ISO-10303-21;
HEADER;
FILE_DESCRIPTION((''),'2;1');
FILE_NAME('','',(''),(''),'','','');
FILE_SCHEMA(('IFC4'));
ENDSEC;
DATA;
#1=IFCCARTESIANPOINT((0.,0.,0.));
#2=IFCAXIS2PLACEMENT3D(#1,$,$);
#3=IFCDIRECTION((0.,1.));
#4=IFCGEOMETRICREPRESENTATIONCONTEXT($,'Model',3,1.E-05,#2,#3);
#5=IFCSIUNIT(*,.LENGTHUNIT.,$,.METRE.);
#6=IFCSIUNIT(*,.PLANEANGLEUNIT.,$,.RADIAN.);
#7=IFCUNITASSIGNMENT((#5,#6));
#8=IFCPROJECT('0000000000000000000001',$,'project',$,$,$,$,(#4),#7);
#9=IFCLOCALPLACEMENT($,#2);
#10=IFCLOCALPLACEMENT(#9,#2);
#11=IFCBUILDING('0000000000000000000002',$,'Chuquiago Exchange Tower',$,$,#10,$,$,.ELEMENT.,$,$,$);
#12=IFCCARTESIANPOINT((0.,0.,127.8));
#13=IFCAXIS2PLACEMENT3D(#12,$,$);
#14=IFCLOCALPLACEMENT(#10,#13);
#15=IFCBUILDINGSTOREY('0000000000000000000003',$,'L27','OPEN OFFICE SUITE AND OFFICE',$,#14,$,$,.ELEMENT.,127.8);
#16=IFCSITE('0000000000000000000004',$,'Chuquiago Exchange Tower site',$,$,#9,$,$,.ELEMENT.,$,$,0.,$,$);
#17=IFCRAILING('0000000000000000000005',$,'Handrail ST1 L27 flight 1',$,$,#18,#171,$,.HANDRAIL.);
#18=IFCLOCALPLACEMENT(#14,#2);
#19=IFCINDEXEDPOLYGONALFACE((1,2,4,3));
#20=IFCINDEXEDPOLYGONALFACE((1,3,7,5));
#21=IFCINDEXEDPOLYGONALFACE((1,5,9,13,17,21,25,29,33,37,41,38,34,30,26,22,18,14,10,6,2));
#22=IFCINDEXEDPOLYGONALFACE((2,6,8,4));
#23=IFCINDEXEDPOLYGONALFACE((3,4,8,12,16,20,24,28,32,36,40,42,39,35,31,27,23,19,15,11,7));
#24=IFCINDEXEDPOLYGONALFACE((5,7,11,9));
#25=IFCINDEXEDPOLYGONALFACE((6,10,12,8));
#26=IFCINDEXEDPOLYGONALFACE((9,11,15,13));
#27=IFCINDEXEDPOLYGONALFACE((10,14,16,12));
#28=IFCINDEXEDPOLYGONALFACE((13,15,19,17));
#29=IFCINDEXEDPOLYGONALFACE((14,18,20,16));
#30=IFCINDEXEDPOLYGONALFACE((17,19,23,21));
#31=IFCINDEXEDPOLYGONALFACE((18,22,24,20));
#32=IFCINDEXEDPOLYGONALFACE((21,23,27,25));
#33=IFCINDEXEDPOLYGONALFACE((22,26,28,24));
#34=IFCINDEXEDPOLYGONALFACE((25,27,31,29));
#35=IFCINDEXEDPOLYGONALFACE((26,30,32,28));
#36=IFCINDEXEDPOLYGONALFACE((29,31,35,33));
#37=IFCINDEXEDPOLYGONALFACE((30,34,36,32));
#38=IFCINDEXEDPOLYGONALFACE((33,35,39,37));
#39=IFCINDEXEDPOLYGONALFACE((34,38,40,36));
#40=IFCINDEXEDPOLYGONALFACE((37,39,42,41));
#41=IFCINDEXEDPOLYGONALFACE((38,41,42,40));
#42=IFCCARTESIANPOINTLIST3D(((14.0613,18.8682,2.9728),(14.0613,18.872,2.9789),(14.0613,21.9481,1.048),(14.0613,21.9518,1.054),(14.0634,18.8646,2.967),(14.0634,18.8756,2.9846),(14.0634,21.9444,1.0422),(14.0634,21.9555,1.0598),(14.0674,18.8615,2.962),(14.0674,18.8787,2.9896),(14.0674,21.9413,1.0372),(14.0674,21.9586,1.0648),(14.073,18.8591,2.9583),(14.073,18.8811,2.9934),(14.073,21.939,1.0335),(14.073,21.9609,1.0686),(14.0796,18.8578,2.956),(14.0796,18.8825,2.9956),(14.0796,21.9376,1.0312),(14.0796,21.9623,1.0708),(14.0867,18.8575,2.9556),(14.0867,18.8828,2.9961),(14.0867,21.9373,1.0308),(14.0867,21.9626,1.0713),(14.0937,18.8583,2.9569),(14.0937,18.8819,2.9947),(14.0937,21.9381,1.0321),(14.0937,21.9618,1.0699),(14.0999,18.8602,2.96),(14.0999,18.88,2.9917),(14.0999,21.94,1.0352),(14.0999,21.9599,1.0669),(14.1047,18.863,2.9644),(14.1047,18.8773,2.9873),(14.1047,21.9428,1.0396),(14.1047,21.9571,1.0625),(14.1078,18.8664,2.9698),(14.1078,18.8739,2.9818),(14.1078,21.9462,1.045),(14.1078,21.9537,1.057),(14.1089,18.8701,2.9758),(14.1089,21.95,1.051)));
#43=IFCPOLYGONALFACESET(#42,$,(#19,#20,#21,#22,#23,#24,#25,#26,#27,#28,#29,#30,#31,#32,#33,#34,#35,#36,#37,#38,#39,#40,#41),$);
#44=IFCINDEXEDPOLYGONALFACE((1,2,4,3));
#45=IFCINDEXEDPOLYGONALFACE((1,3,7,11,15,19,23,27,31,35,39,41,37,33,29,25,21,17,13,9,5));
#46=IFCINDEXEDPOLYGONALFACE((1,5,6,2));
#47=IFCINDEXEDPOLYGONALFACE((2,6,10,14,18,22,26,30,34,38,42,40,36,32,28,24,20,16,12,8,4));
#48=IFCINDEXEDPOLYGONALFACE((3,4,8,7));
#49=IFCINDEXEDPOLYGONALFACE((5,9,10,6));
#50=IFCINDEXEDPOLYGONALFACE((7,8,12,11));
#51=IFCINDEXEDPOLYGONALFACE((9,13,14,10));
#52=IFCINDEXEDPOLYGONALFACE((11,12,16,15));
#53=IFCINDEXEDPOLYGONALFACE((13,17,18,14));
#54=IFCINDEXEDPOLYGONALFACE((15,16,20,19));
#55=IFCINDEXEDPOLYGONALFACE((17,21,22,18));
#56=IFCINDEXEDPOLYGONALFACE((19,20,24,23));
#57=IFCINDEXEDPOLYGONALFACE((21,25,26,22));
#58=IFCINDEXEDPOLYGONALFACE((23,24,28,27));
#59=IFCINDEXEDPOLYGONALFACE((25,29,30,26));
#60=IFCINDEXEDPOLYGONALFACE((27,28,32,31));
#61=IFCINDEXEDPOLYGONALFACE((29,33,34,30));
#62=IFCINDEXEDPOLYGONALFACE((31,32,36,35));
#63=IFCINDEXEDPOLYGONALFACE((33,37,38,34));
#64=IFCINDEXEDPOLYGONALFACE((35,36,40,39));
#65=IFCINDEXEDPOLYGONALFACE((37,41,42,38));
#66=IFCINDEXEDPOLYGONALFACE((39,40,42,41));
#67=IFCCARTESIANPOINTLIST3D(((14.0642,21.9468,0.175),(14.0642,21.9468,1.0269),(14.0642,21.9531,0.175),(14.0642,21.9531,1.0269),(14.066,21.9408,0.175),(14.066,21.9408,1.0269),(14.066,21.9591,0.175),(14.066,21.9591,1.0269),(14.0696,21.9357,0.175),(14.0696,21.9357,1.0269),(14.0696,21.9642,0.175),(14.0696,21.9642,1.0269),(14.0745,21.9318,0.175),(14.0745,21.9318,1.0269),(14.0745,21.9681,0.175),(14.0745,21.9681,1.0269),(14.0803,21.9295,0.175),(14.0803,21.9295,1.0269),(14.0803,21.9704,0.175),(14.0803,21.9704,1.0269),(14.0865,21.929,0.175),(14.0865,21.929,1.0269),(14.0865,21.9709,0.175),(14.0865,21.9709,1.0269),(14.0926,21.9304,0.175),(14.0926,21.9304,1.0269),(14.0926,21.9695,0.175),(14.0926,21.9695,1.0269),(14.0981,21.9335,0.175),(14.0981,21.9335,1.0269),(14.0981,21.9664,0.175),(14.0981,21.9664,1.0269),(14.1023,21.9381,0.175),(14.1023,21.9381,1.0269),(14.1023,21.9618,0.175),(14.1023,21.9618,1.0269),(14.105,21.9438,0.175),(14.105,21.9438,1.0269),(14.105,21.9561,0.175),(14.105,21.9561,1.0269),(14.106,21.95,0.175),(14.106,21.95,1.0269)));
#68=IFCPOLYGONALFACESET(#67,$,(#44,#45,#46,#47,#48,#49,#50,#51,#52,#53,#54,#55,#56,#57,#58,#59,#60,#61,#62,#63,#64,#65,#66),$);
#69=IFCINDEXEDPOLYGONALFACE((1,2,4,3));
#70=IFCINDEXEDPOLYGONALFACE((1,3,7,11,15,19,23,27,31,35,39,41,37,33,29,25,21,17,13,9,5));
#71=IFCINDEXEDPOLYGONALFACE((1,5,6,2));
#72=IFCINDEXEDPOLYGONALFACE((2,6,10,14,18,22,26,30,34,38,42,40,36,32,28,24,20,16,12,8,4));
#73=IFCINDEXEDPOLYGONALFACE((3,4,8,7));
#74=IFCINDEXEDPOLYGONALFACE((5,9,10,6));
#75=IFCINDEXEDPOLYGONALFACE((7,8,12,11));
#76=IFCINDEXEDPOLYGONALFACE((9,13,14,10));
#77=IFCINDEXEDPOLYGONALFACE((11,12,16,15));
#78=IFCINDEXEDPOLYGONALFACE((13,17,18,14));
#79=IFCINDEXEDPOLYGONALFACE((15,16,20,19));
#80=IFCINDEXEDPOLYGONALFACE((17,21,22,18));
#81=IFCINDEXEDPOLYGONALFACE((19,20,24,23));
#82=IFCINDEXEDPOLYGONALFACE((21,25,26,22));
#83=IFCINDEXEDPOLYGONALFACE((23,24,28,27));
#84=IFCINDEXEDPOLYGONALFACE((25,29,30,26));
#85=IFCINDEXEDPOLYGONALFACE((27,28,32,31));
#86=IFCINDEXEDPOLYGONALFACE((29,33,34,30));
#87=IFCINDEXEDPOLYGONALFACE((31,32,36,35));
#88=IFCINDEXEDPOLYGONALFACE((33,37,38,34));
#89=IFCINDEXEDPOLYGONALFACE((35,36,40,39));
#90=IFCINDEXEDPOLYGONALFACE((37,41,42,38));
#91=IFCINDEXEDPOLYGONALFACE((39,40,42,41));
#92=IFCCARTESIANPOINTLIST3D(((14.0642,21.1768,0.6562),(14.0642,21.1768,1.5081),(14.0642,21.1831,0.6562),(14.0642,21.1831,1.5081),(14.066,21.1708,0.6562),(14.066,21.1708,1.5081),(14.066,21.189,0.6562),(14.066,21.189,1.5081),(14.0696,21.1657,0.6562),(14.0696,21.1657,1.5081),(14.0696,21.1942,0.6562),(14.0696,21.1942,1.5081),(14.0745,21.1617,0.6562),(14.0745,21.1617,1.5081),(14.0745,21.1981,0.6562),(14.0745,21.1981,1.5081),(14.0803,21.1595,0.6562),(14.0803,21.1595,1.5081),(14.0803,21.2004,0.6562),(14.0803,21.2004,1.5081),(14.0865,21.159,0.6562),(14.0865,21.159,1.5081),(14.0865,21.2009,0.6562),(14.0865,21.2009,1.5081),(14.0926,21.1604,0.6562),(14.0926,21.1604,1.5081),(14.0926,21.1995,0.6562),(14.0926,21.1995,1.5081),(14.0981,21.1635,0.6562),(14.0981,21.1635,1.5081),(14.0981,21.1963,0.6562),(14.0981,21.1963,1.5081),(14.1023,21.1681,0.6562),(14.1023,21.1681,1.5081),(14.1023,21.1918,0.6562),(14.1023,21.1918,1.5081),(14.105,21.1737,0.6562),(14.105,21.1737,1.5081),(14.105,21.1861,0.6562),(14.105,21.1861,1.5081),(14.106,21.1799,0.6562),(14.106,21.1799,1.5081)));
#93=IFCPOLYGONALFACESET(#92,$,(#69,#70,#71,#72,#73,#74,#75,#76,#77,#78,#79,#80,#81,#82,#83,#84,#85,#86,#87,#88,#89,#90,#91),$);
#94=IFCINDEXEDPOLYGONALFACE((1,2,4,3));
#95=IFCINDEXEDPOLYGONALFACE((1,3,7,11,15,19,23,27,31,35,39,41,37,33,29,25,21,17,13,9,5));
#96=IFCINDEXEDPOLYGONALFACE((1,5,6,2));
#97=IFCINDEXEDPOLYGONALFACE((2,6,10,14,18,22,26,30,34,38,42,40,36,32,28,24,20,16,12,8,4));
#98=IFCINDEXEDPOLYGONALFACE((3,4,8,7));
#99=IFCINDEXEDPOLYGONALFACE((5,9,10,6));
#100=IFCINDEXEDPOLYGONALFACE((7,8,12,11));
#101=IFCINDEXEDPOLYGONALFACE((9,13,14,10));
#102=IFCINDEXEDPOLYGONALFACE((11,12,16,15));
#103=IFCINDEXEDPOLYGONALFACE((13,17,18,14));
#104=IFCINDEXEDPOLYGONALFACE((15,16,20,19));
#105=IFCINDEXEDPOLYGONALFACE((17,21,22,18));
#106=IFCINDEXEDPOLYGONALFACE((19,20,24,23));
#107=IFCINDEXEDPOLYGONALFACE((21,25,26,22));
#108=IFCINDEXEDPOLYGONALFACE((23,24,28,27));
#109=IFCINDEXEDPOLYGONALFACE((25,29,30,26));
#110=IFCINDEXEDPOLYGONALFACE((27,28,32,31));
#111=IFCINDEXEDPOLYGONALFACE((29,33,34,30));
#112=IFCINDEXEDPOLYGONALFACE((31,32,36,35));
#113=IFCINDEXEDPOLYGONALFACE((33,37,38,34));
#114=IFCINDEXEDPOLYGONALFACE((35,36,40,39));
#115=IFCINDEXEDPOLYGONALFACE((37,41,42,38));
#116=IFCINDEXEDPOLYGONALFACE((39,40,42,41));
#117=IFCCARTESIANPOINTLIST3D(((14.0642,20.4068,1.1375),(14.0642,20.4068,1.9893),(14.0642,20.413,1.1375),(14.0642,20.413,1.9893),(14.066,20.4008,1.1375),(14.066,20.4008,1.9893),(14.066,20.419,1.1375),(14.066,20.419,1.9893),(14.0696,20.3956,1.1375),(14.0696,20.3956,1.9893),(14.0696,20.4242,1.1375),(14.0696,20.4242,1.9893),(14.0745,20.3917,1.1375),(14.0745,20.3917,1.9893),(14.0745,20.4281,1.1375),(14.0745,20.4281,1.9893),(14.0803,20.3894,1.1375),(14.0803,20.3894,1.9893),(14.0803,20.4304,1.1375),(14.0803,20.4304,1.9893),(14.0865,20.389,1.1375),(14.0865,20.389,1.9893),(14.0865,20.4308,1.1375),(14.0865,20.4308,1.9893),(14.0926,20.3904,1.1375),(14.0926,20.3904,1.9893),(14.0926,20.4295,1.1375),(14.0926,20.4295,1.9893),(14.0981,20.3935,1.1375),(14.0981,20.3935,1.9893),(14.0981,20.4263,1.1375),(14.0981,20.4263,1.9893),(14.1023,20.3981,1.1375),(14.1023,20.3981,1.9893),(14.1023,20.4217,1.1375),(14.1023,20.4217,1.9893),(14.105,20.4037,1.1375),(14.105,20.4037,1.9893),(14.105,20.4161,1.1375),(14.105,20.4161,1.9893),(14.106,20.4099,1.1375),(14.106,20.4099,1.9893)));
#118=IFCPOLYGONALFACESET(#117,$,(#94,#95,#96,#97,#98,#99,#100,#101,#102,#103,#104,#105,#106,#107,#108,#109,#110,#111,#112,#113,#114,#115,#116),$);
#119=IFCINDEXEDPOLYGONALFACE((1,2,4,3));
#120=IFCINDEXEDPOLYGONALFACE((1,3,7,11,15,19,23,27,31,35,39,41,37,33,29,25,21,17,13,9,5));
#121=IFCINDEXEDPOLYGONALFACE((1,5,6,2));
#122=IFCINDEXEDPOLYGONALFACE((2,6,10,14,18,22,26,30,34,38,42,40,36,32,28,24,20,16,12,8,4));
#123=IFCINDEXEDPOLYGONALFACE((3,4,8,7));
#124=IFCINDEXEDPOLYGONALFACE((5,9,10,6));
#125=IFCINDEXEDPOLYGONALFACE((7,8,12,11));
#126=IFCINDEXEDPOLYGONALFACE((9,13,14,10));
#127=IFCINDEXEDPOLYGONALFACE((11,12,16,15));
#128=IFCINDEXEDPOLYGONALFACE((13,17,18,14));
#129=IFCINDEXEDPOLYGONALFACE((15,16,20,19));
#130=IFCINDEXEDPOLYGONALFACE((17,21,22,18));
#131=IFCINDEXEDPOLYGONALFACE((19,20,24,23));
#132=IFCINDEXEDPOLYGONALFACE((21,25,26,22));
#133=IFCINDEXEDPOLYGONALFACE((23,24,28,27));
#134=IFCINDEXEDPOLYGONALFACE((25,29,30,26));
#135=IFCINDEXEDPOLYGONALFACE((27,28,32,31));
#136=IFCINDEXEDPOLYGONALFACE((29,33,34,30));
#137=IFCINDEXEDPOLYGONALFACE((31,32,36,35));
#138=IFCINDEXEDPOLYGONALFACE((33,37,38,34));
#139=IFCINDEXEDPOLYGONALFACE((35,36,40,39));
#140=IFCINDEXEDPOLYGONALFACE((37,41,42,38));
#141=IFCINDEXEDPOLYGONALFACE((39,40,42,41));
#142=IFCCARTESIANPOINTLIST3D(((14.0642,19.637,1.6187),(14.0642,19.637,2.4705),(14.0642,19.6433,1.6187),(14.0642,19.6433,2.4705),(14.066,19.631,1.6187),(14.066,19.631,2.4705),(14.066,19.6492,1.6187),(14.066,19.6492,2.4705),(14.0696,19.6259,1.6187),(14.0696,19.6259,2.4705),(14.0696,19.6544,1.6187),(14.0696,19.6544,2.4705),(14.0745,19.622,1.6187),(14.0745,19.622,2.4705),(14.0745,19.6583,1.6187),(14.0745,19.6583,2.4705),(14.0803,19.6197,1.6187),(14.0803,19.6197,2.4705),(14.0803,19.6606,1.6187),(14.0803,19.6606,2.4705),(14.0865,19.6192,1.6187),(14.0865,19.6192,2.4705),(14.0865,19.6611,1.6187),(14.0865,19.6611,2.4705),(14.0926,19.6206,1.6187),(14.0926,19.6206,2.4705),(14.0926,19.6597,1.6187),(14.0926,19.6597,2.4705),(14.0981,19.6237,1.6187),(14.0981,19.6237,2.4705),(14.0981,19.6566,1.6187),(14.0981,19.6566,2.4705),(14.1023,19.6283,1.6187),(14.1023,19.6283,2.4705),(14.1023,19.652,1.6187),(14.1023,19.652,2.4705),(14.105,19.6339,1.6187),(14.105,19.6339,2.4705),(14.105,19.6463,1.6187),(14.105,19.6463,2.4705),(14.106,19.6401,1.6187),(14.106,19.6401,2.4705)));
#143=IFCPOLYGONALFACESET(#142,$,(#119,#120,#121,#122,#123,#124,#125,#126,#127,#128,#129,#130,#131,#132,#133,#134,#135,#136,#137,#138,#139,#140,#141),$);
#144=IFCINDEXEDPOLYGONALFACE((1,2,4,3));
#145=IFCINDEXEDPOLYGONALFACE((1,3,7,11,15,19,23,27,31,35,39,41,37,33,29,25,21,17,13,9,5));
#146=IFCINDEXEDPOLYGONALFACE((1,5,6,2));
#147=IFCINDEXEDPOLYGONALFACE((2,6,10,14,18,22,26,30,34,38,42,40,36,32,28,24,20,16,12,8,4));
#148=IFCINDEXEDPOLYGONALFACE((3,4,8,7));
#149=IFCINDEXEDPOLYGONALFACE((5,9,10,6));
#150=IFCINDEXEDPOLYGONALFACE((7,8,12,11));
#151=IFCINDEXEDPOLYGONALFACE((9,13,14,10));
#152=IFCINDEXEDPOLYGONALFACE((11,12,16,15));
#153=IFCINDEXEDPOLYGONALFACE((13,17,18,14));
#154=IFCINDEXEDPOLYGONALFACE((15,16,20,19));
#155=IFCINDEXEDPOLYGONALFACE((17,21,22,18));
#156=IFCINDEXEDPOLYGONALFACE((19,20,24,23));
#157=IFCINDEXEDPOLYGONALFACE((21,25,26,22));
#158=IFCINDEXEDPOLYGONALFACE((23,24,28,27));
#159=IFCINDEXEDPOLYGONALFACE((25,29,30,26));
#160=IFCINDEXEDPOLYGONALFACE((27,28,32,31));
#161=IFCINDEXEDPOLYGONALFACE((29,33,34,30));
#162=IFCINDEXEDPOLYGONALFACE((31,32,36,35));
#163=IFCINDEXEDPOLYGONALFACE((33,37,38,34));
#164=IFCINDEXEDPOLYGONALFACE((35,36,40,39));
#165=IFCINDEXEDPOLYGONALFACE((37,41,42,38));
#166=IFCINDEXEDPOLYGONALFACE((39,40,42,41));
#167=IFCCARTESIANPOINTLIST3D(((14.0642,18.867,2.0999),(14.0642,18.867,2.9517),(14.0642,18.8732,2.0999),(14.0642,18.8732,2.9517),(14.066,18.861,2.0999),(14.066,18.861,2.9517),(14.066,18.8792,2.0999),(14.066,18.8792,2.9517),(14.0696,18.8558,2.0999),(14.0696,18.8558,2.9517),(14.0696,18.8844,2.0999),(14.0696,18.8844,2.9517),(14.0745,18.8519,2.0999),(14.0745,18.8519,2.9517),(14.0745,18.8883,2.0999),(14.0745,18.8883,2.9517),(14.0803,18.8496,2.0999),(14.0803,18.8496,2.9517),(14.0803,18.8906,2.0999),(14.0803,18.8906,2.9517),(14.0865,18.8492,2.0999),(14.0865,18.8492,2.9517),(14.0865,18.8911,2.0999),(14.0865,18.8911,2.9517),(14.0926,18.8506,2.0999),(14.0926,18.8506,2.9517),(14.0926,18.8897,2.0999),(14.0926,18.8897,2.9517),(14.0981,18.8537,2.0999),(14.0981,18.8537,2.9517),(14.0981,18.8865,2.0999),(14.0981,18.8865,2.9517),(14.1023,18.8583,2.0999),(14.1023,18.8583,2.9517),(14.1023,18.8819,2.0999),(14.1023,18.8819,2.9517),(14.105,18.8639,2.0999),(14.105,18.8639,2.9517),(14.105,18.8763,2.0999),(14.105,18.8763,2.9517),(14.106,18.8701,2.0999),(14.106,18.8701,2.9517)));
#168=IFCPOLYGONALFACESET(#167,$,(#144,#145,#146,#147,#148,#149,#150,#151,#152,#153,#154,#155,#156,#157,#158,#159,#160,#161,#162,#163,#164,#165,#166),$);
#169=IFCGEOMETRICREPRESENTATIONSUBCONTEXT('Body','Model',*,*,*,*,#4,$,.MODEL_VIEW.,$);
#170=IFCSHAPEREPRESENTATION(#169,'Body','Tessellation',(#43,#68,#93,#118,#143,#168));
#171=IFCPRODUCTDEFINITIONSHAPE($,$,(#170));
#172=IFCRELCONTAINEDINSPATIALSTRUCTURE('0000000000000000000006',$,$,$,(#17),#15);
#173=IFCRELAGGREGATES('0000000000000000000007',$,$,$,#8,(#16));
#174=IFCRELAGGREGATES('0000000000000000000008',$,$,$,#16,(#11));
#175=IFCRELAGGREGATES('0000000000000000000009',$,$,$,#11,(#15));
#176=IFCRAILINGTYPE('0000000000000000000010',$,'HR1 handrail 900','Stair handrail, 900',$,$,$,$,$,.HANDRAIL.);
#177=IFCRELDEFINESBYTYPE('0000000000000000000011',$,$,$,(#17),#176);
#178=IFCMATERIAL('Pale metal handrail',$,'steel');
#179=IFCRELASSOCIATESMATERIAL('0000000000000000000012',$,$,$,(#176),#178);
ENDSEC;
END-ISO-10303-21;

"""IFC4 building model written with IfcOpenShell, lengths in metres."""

from ifc_helpers import new_model, si_unit, direction, frame, origin, origin_2d, place, context, subcontext, project, spatial, circle, extrude, material, type_object, element, save


model = new_model("IFC4")

# Units and contexts
model_context = context("Model", 3, precision=1e-05, world=origin(), true_north=direction((0.0, 1.0)))
body_context = subcontext(model_context, "Body", "Model", "MODEL_VIEW")
ifc_project = project(units=[si_unit("LENGTHUNIT", "METRE"), si_unit("PLANEANGLEUNIT", "RADIAN")], contexts=[model_context])

# Site, building, storey
site_placement = place(None, origin())
site = spatial("IfcSite", under=ifc_project, at=site_placement, Name="Chuquiago Exchange Tower site", CompositionType="ELEMENT", RefElevation=0.0)
building_placement = place(site_placement, origin())
building = spatial("IfcBuilding", under=site, at=building_placement, Name="Chuquiago Exchange Tower", CompositionType="ELEMENT")
storey_placement = place(building_placement, frame((0.0, 0.0, 127.8)))
storey = spatial("IfcBuildingStorey", under=building, at=storey_placement, Name="L27", Description="OPEN OFFICE SUITE AND OFFICE", CompositionType="ELEMENT", Elevation=127.8)

# Railing
ifc_material_1 = material(Name="Pale metal handrail", Category="steel")
railing_type = type_object("IfcRailingType", Name="HR1 handrail 900", Description="Stair handrail, 900", PredefinedType="HANDRAIL", material=ifc_material_1)
for number, where, name in (
    (1, (14.085, 21.95, 0.175), "Handrail ST1 L27 flight 1"),
):
    element("IfcRailing", number, at=place(storey_placement, frame(where)), inside=storey, type_object=railing_type, Name=name, PredefinedType="HANDRAIL", context=body_context, shape_type="SweptSolid", body=[
        extrude(circle(Radius=0.0239, at=origin_2d()), frame((0.0, 0.0, 0.876), z_axis=(0.0, -0.84801, 0.529981), x_axis=(1.0, 0.0, 0.0)), (0.0, 0.0, 1.0), 3.6318),
        extrude(circle(Radius=0.021, at=origin_2d()), origin(), (0.0, 0.0, 1.0), 0.8518),
        extrude(circle(Radius=0.021, at=origin_2d()), frame((0.0, -0.77, 0.4812)), (0.0, 0.0, 1.0), 0.8518),
        extrude(circle(Radius=0.021, at=origin_2d()), frame((0.0, -1.54, 0.9624)), (0.0, 0.0, 1.0), 0.8518),
        extrude(circle(Radius=0.021, at=origin_2d()), frame((0.0, -2.3098, 1.4436)), (0.0, 0.0, 1.0), 0.8518),
        extrude(circle(Radius=0.021, at=origin_2d()), frame((0.0, -3.0798, 1.9248)), (0.0, 0.0, 1.0), 0.8518),
    ])

save(model, "model.ifc")
